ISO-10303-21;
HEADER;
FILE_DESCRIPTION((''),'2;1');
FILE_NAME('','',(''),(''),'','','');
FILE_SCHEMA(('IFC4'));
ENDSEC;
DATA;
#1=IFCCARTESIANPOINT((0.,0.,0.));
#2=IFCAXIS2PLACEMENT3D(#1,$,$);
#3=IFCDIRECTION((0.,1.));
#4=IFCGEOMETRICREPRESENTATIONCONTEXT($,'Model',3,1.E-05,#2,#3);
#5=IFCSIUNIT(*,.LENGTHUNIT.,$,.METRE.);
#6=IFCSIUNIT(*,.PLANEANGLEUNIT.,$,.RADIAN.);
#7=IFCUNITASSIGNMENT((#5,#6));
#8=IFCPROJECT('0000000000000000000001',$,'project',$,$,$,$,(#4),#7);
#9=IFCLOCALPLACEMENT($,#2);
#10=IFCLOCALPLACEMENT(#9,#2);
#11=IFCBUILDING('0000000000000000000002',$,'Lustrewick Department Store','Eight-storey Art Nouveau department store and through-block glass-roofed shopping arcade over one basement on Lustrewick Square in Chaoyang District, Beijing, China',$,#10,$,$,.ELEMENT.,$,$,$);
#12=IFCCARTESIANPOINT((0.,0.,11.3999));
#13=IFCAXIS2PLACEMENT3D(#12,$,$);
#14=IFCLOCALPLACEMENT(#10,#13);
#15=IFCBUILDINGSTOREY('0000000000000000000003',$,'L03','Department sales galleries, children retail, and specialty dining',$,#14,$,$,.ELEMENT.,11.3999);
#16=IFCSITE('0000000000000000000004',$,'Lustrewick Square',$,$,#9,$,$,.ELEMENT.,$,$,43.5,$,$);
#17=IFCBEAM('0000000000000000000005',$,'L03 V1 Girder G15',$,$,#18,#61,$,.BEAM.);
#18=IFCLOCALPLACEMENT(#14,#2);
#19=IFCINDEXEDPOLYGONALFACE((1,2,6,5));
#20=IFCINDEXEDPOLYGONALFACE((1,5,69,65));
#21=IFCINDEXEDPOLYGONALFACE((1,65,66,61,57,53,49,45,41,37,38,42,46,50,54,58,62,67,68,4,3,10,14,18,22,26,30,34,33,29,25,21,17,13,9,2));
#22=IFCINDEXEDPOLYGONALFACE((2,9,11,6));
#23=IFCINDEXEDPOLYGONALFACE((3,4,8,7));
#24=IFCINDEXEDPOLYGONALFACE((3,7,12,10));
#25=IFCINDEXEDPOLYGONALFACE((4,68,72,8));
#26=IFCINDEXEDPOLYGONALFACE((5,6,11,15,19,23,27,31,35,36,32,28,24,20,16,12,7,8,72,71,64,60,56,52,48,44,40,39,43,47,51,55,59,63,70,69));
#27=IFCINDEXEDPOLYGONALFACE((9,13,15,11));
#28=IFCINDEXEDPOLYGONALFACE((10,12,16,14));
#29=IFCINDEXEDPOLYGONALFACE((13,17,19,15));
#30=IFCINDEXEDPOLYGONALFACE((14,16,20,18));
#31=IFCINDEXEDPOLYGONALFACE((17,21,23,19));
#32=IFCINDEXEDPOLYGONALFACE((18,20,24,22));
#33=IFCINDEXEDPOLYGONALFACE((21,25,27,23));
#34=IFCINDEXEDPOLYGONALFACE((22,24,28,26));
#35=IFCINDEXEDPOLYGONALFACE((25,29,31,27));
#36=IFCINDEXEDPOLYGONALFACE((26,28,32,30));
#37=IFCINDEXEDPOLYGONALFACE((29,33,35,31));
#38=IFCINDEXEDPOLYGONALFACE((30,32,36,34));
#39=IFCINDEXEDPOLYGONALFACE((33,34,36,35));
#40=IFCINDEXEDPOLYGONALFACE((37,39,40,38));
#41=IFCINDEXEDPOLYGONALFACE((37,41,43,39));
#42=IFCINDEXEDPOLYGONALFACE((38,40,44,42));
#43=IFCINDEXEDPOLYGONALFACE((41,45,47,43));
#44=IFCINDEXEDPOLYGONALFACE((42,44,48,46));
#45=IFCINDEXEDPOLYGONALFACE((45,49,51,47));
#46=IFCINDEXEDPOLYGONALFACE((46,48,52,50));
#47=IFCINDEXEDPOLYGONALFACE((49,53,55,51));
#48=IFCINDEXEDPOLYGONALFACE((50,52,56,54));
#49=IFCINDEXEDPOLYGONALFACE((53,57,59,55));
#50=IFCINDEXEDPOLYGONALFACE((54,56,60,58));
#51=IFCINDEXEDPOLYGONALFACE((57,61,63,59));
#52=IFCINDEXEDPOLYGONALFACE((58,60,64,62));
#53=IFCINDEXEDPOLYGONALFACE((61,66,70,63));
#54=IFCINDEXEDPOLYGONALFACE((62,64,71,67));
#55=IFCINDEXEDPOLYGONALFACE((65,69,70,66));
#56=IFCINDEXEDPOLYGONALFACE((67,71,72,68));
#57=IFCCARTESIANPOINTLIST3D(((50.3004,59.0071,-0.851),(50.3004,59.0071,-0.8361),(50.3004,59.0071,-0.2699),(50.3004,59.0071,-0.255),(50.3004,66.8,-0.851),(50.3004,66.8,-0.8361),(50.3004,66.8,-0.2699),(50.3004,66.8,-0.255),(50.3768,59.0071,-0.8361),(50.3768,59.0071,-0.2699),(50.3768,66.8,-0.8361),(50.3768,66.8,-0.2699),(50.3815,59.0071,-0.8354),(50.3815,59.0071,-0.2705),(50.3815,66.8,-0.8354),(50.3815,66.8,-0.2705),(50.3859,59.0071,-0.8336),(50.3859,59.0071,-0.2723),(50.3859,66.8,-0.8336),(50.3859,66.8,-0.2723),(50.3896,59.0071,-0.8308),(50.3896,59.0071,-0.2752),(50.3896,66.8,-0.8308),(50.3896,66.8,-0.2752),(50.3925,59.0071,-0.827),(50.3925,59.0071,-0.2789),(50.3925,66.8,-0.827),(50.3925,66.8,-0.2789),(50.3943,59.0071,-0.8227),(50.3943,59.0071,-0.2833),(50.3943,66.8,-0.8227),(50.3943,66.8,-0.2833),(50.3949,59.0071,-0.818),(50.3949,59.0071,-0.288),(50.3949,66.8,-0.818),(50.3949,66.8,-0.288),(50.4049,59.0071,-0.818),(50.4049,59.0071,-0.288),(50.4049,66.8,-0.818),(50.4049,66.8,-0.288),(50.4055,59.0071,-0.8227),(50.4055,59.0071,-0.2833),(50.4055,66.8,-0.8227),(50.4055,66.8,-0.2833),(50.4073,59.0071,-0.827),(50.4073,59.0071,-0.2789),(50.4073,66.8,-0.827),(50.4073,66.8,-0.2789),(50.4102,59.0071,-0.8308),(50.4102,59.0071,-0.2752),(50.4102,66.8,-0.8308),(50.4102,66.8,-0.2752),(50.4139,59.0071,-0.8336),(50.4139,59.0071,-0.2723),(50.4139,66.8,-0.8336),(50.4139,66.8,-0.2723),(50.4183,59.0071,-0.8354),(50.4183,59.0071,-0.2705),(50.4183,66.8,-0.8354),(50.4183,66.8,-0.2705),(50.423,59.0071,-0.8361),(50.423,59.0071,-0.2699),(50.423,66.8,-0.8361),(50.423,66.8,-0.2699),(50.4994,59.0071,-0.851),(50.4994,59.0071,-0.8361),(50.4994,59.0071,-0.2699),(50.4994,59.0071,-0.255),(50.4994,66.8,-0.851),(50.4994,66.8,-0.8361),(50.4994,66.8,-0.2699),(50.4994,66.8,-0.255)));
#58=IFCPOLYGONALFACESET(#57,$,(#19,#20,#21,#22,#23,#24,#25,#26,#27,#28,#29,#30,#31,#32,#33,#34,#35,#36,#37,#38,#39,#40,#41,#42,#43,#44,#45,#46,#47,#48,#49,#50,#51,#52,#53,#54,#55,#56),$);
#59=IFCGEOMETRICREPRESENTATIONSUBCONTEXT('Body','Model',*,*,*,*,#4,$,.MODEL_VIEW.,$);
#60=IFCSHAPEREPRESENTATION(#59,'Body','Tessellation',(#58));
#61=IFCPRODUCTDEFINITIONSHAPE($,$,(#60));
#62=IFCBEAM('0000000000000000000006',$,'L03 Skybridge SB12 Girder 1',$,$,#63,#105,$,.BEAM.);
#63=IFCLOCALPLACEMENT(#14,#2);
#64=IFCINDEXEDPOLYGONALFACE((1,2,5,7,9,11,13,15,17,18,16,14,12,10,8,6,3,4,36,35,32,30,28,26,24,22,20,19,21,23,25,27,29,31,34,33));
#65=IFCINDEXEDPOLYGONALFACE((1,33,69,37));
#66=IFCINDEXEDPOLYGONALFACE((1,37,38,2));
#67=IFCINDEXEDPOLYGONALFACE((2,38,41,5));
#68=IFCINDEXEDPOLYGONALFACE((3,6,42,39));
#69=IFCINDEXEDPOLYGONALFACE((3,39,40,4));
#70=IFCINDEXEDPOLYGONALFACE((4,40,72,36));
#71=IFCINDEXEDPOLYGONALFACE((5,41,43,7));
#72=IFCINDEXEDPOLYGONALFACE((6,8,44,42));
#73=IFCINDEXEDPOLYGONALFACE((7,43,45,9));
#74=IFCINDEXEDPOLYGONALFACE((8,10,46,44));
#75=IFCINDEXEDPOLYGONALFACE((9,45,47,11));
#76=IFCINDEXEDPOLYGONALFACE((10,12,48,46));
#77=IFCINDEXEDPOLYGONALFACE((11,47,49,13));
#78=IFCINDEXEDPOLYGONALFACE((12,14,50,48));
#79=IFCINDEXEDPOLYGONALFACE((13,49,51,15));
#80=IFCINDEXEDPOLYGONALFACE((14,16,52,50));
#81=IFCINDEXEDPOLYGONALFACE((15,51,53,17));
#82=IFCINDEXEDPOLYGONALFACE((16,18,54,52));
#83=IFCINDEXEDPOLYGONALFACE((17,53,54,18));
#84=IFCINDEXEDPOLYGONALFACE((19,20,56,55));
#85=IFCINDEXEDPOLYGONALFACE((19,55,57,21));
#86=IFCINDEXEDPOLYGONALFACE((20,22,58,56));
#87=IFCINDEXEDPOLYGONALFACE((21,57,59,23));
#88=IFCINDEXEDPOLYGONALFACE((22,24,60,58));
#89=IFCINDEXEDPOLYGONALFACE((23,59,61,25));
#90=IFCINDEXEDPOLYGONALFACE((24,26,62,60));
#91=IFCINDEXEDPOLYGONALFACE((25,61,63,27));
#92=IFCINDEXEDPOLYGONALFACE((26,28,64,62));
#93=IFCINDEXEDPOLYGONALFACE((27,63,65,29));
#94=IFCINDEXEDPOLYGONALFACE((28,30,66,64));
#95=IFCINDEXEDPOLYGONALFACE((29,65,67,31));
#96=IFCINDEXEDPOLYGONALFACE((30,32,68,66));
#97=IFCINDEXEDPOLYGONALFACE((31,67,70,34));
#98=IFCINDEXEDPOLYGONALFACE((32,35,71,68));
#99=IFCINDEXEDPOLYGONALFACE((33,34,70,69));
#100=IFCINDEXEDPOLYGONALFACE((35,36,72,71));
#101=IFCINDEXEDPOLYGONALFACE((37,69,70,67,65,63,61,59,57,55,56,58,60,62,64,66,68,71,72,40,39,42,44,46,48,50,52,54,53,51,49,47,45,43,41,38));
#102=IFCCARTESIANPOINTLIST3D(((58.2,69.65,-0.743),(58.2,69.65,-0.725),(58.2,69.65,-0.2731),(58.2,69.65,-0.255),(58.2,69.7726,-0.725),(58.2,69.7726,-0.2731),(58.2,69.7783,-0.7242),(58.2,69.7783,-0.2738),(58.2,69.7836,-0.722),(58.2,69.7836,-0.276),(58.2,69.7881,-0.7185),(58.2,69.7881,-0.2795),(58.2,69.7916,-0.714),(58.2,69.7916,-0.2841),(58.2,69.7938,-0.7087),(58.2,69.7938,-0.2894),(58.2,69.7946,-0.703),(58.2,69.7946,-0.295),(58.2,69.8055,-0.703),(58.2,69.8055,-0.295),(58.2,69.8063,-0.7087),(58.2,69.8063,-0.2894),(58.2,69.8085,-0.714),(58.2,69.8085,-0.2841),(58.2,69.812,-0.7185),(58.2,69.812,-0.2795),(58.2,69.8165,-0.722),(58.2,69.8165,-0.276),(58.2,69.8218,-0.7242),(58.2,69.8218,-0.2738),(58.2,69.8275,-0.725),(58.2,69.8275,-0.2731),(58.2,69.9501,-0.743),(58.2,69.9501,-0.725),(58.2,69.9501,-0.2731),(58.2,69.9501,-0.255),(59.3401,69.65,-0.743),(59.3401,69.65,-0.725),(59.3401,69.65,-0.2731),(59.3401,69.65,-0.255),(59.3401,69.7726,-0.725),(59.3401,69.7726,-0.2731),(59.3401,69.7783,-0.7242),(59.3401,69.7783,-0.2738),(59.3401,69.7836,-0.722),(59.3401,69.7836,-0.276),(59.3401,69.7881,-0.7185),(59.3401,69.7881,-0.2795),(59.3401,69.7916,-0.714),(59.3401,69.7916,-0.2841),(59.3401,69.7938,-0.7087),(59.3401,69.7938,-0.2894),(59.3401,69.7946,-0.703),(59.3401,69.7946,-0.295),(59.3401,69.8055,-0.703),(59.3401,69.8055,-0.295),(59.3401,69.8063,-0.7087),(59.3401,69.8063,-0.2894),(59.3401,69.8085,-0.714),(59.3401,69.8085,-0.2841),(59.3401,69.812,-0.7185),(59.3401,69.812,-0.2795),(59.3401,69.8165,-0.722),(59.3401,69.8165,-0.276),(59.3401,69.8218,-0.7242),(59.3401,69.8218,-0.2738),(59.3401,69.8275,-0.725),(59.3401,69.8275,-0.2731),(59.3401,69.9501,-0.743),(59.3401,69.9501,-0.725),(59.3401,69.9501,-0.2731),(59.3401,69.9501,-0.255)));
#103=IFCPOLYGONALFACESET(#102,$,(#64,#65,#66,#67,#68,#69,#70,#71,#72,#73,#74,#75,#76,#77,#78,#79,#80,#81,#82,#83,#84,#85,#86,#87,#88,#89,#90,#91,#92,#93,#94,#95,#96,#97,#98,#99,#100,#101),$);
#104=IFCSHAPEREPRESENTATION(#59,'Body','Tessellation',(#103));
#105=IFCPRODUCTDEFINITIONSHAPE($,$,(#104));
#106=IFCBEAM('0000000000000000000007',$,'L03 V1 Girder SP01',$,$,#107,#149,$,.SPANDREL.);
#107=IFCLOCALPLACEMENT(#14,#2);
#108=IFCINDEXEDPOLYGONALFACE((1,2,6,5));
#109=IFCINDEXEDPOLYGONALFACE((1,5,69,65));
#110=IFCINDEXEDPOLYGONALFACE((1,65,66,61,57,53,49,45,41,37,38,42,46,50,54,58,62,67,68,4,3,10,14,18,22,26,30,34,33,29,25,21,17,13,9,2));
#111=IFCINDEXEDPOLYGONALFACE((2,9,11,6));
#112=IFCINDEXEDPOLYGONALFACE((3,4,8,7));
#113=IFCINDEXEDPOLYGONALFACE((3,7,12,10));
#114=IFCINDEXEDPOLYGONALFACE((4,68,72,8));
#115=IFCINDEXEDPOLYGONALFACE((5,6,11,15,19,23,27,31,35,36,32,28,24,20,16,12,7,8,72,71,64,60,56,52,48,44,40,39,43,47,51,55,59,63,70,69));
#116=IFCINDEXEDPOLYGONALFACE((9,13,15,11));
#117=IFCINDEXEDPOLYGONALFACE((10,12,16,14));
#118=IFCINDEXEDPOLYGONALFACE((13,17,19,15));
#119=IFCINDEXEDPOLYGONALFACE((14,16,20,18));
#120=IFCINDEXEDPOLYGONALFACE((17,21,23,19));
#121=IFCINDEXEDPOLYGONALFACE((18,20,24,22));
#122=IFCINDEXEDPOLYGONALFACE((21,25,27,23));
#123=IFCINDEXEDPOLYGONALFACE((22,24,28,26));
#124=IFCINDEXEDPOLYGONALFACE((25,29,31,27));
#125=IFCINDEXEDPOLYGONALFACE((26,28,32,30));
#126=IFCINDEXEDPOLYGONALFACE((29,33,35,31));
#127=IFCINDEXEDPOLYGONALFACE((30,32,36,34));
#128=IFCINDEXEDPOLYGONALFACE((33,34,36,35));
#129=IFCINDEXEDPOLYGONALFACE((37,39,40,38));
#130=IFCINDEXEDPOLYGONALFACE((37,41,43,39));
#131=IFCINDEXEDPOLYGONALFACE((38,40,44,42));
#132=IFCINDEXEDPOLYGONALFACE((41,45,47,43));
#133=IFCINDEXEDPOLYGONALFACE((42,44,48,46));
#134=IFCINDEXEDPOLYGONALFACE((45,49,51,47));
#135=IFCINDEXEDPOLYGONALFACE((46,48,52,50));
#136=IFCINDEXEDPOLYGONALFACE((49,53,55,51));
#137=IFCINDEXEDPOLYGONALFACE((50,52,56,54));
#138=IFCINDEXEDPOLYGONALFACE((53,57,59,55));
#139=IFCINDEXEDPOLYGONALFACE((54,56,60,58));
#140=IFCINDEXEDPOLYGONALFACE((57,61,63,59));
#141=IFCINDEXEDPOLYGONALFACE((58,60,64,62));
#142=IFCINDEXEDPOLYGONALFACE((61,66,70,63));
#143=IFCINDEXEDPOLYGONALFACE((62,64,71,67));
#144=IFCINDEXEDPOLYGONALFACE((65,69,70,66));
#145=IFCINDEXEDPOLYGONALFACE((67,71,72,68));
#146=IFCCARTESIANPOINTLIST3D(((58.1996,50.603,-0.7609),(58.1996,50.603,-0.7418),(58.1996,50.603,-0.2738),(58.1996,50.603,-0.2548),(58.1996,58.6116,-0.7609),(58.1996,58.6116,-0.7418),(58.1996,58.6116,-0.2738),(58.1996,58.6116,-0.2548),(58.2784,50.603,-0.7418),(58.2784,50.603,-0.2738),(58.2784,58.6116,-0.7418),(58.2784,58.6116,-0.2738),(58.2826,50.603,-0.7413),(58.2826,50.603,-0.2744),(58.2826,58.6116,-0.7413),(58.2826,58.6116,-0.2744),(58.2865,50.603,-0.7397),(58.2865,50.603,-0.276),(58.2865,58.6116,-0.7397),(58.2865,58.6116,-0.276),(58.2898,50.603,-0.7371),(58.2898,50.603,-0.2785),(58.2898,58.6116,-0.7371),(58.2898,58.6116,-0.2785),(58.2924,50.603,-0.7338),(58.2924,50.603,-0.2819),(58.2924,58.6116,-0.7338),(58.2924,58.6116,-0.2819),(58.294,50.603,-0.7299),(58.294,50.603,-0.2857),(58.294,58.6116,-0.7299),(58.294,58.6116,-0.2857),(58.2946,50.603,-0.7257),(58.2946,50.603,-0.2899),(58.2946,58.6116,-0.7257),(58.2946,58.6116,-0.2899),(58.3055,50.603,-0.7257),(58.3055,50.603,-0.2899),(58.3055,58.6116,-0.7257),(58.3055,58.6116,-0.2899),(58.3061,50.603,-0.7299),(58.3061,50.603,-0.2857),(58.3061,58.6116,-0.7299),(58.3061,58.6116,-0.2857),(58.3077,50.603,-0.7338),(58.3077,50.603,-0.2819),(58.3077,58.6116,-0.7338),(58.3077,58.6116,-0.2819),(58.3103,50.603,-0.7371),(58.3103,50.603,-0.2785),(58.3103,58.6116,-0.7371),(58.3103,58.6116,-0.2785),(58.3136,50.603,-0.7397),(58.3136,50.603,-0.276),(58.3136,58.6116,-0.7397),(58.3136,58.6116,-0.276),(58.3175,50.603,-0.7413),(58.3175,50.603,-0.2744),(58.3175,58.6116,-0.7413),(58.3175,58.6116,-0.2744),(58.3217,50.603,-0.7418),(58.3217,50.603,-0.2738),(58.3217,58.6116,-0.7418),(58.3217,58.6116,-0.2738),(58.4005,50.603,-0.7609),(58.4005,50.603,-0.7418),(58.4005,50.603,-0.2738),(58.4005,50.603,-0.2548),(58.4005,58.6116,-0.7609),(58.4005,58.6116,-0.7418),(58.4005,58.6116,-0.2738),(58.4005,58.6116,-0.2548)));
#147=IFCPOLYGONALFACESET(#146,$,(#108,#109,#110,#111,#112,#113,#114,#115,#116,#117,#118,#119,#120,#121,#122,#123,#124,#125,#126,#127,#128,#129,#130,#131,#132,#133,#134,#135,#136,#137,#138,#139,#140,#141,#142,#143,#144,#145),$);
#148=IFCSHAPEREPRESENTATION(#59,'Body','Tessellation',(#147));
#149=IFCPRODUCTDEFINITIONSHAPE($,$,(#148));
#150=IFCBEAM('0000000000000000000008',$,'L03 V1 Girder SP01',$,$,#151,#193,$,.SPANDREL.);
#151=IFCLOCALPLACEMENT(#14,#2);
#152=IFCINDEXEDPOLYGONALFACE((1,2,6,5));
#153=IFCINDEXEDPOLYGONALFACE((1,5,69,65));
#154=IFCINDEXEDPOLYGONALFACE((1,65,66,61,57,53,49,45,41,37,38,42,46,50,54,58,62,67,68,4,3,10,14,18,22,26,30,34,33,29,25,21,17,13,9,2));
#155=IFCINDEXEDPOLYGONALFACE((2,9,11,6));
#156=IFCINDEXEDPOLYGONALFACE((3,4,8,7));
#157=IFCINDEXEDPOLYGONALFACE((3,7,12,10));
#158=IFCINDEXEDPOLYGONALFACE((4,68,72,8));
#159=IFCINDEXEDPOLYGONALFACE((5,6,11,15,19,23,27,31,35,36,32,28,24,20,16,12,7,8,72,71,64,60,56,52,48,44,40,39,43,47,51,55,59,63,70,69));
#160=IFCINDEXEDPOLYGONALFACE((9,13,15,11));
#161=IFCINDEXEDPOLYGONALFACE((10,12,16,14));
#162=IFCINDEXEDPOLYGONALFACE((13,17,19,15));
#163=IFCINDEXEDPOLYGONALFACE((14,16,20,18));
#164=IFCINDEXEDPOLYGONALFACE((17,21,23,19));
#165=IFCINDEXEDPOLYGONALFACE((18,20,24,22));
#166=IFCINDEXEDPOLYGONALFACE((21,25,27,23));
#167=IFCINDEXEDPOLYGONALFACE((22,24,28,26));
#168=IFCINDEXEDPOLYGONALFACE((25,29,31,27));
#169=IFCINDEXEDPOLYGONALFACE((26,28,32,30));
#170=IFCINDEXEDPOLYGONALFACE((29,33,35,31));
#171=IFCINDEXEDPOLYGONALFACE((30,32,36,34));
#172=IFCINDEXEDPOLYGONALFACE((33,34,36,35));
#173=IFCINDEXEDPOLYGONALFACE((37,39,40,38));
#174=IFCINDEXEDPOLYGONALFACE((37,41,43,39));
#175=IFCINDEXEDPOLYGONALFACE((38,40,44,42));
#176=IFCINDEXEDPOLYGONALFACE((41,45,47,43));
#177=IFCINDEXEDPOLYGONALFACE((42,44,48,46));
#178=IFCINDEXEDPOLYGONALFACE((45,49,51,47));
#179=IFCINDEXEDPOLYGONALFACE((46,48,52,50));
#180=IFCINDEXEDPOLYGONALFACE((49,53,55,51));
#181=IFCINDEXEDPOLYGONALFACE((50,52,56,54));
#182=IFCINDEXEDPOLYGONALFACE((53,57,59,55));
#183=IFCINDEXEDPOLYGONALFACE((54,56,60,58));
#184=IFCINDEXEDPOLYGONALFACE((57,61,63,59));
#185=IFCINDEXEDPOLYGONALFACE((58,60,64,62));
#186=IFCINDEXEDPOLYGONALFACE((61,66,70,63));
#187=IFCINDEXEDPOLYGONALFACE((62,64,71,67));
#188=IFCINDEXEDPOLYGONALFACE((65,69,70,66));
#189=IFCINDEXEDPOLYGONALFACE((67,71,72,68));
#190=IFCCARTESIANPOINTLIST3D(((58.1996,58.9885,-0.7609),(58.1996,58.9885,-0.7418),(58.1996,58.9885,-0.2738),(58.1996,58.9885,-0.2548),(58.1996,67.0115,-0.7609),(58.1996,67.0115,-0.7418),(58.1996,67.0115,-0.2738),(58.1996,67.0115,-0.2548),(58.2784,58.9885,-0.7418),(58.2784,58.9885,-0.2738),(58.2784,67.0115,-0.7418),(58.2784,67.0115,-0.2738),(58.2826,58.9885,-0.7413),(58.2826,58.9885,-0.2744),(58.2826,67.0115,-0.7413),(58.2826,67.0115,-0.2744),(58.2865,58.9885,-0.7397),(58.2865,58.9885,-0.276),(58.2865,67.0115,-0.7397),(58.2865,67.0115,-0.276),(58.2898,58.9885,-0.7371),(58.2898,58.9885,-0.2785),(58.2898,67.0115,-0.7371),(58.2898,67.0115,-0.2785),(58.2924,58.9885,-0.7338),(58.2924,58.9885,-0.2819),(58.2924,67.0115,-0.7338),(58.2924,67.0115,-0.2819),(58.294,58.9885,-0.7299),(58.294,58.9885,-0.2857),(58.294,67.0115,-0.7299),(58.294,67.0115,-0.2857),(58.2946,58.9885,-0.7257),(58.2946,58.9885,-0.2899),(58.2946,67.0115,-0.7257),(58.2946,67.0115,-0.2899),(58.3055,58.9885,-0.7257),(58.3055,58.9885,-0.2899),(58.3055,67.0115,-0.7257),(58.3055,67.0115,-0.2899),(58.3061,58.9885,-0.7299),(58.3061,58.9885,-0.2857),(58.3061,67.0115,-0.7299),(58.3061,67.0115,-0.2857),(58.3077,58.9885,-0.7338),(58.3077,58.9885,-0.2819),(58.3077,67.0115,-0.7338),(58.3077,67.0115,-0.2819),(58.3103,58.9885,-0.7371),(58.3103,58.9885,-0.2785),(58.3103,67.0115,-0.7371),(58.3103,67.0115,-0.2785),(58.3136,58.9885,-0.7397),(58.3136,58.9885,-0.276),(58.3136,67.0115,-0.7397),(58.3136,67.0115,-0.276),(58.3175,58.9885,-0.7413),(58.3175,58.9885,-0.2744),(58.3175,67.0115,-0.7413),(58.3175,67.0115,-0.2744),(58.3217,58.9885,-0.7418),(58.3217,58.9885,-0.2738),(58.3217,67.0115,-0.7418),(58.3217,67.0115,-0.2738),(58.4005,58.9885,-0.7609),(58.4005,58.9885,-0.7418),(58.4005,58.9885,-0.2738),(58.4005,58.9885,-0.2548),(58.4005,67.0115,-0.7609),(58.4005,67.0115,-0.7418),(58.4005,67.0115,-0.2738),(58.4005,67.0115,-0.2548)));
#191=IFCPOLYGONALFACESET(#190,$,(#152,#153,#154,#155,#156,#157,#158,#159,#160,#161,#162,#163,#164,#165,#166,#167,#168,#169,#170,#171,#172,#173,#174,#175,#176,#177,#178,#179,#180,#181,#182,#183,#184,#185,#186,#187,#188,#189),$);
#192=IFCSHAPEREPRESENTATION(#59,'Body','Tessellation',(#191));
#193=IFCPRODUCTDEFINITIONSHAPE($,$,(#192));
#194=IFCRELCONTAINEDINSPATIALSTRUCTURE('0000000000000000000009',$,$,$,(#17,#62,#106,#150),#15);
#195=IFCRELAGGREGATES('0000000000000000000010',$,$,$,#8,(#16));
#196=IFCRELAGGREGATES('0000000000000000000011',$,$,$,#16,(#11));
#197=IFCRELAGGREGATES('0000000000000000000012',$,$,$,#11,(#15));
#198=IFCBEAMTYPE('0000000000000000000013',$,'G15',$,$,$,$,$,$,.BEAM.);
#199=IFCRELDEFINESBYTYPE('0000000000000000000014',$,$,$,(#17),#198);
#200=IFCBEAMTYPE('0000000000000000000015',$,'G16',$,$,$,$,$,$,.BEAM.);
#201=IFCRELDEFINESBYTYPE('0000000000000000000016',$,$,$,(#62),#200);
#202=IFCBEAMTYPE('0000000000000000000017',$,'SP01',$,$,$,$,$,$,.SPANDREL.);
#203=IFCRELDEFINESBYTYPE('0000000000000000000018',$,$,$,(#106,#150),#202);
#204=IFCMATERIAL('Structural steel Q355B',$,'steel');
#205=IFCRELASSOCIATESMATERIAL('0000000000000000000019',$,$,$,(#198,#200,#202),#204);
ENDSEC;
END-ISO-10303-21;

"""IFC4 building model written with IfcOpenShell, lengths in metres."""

from ifc_helpers import new_model, si_unit, direction, frame, origin, origin_2d, place, context, subcontext, project, spatial, i_section, extrude, material, material_profile, profile_set, type_object, element, save


model = new_model("IFC4")

# Units and contexts
model_context = context("Model", 3, precision=1e-05, world=origin(), true_north=direction((0.0, 1.0)))
body_context = subcontext(model_context, "Body", "Model", "MODEL_VIEW")
ifc_project = project(units=[si_unit("LENGTHUNIT", "METRE"), si_unit("PLANEANGLEUNIT", "RADIAN")], contexts=[model_context])

# Site, building, storey
site_placement = place(None, origin())
site = spatial("IfcSite", under=ifc_project, at=site_placement, Name="Lustrewick Square", CompositionType="ELEMENT", RefElevation=43.5)
building_placement = place(site_placement, origin())
building = spatial("IfcBuilding", under=site, at=building_placement, Name="Lustrewick Department Store", Description="Eight-storey Art Nouveau department store and through-block glass-roofed shopping arcade over one basement on Lustrewick Square in Chaoyang District, Beijing, China", CompositionType="ELEMENT")
storey_placement = place(building_placement, frame((0.0, 0.0, 11.3999)))
storey = spatial("IfcBuildingStorey", under=building, at=storey_placement, Name="L03", Description="Department sales galleries, children retail, and specialty dining", CompositionType="ELEMENT", Elevation=11.3999)

# Shared definitions
ifc_material_1 = material(Name="Structural steel Q355B", Category="steel")

# Beams
ifc_material_profile_1 = material_profile(ifc_material_1, i_section(OverallWidth=0.199, OverallDepth=0.5959, WebThickness=0.01, FlangeThickness=0.0149, FilletRadius=0.0181, at=origin_2d()), Name="HN 596x199x10x15")
ifc_profile_set_1 = profile_set([ifc_material_profile_1], Name="Structural steel Q355B")
beam_type_1 = type_object("IfcBeamType", Name="G15", PredefinedType="BEAM", material=ifc_profile_set_1)
beam_1_placement = place(storey_placement, frame((50.3999, 59.0071, -0.553), z_axis=(0.0, 1.0, 0.0), x_axis=(-1.0, 0.0, 0.0)))
element("IfcBeam", 1, at=beam_1_placement, inside=storey, type_object=beam_type_1, Name="L03 V1 Girder G15", PredefinedType="BEAM", context=body_context, shape_type="SweptSolid", body=[
    extrude(i_section(OverallWidth=0.199, OverallDepth=0.5959, WebThickness=0.01, FlangeThickness=0.0149, FilletRadius=0.0181, at=origin_2d()), origin(), (0.0, 0.0, 1.0), 7.793),
])
ifc_material_profile_2 = material_profile(ifc_material_1, i_section(OverallWidth=0.3, OverallDepth=0.488, WebThickness=0.011, FlangeThickness=0.0181, FilletRadius=0.022, at=origin_2d()), Name="HM 488x300x11x18")
ifc_profile_set_2 = profile_set([ifc_material_profile_2], Name="Structural steel Q355B")
beam_type_2 = type_object("IfcBeamType", Name="G16", PredefinedType="BEAM", material=ifc_profile_set_2)
beam_2_placement = place(storey_placement, frame((58.2, 69.8, -0.499), z_axis=(1.0, 0.0, 0.0), x_axis=(0.0, 1.0, 0.0)))
element("IfcBeam", 2, at=beam_2_placement, inside=storey, type_object=beam_type_2, Name="L03 Skybridge SB12 Girder 1", PredefinedType="BEAM", context=body_context, shape_type="SweptSolid", body=[
    extrude(i_section(OverallWidth=0.3, OverallDepth=0.488, WebThickness=0.011, FlangeThickness=0.0181, FilletRadius=0.022, at=origin_2d()), origin(), (0.0, 0.0, 1.0), 1.1401),
])
ifc_material_profile_3 = material_profile(ifc_material_1, i_section(OverallWidth=0.2009, OverallDepth=0.5061, WebThickness=0.011, FlangeThickness=0.019, FilletRadius=0.0161, at=origin_2d()), Name="HN 506x201x11x19")
ifc_profile_set_3 = profile_set([ifc_material_profile_3], Name="Structural steel Q355B")
beam_type_3 = type_object("IfcBeamType", Name="SP01", PredefinedType="SPANDREL", material=ifc_profile_set_3)
beam_3_placement = place(storey_placement, frame((58.3, 50.603, -0.5078), z_axis=(0.0, 1.0, 0.0), x_axis=(-1.0, 0.0, 0.0)))
element("IfcBeam", 3, at=beam_3_placement, inside=storey, type_object=beam_type_3, Name="L03 V1 Girder SP01", PredefinedType="SPANDREL", context=body_context, shape_type="SweptSolid", body=[
    extrude(i_section(OverallWidth=0.2009, OverallDepth=0.5061, WebThickness=0.011, FlangeThickness=0.019, FilletRadius=0.0161, at=origin_2d()), origin(), (0.0, 0.0, 1.0), 8.0085),
])
beam_4_placement = place(storey_placement, frame((58.3, 58.9885, -0.5078), z_axis=(0.0, 1.0, 0.0), x_axis=(-1.0, 0.0, 0.0)))
element("IfcBeam", 4, at=beam_4_placement, inside=storey, type_object=beam_type_3, Name="L03 V1 Girder SP01", PredefinedType="SPANDREL", context=body_context, shape_type="SweptSolid", body=[
    extrude(i_section(OverallWidth=0.2009, OverallDepth=0.5061, WebThickness=0.011, FlangeThickness=0.019, FilletRadius=0.0161, at=origin_2d()), origin(), (0.0, 0.0, 1.0), 8.0229),
])

save(model, "model.ifc")
